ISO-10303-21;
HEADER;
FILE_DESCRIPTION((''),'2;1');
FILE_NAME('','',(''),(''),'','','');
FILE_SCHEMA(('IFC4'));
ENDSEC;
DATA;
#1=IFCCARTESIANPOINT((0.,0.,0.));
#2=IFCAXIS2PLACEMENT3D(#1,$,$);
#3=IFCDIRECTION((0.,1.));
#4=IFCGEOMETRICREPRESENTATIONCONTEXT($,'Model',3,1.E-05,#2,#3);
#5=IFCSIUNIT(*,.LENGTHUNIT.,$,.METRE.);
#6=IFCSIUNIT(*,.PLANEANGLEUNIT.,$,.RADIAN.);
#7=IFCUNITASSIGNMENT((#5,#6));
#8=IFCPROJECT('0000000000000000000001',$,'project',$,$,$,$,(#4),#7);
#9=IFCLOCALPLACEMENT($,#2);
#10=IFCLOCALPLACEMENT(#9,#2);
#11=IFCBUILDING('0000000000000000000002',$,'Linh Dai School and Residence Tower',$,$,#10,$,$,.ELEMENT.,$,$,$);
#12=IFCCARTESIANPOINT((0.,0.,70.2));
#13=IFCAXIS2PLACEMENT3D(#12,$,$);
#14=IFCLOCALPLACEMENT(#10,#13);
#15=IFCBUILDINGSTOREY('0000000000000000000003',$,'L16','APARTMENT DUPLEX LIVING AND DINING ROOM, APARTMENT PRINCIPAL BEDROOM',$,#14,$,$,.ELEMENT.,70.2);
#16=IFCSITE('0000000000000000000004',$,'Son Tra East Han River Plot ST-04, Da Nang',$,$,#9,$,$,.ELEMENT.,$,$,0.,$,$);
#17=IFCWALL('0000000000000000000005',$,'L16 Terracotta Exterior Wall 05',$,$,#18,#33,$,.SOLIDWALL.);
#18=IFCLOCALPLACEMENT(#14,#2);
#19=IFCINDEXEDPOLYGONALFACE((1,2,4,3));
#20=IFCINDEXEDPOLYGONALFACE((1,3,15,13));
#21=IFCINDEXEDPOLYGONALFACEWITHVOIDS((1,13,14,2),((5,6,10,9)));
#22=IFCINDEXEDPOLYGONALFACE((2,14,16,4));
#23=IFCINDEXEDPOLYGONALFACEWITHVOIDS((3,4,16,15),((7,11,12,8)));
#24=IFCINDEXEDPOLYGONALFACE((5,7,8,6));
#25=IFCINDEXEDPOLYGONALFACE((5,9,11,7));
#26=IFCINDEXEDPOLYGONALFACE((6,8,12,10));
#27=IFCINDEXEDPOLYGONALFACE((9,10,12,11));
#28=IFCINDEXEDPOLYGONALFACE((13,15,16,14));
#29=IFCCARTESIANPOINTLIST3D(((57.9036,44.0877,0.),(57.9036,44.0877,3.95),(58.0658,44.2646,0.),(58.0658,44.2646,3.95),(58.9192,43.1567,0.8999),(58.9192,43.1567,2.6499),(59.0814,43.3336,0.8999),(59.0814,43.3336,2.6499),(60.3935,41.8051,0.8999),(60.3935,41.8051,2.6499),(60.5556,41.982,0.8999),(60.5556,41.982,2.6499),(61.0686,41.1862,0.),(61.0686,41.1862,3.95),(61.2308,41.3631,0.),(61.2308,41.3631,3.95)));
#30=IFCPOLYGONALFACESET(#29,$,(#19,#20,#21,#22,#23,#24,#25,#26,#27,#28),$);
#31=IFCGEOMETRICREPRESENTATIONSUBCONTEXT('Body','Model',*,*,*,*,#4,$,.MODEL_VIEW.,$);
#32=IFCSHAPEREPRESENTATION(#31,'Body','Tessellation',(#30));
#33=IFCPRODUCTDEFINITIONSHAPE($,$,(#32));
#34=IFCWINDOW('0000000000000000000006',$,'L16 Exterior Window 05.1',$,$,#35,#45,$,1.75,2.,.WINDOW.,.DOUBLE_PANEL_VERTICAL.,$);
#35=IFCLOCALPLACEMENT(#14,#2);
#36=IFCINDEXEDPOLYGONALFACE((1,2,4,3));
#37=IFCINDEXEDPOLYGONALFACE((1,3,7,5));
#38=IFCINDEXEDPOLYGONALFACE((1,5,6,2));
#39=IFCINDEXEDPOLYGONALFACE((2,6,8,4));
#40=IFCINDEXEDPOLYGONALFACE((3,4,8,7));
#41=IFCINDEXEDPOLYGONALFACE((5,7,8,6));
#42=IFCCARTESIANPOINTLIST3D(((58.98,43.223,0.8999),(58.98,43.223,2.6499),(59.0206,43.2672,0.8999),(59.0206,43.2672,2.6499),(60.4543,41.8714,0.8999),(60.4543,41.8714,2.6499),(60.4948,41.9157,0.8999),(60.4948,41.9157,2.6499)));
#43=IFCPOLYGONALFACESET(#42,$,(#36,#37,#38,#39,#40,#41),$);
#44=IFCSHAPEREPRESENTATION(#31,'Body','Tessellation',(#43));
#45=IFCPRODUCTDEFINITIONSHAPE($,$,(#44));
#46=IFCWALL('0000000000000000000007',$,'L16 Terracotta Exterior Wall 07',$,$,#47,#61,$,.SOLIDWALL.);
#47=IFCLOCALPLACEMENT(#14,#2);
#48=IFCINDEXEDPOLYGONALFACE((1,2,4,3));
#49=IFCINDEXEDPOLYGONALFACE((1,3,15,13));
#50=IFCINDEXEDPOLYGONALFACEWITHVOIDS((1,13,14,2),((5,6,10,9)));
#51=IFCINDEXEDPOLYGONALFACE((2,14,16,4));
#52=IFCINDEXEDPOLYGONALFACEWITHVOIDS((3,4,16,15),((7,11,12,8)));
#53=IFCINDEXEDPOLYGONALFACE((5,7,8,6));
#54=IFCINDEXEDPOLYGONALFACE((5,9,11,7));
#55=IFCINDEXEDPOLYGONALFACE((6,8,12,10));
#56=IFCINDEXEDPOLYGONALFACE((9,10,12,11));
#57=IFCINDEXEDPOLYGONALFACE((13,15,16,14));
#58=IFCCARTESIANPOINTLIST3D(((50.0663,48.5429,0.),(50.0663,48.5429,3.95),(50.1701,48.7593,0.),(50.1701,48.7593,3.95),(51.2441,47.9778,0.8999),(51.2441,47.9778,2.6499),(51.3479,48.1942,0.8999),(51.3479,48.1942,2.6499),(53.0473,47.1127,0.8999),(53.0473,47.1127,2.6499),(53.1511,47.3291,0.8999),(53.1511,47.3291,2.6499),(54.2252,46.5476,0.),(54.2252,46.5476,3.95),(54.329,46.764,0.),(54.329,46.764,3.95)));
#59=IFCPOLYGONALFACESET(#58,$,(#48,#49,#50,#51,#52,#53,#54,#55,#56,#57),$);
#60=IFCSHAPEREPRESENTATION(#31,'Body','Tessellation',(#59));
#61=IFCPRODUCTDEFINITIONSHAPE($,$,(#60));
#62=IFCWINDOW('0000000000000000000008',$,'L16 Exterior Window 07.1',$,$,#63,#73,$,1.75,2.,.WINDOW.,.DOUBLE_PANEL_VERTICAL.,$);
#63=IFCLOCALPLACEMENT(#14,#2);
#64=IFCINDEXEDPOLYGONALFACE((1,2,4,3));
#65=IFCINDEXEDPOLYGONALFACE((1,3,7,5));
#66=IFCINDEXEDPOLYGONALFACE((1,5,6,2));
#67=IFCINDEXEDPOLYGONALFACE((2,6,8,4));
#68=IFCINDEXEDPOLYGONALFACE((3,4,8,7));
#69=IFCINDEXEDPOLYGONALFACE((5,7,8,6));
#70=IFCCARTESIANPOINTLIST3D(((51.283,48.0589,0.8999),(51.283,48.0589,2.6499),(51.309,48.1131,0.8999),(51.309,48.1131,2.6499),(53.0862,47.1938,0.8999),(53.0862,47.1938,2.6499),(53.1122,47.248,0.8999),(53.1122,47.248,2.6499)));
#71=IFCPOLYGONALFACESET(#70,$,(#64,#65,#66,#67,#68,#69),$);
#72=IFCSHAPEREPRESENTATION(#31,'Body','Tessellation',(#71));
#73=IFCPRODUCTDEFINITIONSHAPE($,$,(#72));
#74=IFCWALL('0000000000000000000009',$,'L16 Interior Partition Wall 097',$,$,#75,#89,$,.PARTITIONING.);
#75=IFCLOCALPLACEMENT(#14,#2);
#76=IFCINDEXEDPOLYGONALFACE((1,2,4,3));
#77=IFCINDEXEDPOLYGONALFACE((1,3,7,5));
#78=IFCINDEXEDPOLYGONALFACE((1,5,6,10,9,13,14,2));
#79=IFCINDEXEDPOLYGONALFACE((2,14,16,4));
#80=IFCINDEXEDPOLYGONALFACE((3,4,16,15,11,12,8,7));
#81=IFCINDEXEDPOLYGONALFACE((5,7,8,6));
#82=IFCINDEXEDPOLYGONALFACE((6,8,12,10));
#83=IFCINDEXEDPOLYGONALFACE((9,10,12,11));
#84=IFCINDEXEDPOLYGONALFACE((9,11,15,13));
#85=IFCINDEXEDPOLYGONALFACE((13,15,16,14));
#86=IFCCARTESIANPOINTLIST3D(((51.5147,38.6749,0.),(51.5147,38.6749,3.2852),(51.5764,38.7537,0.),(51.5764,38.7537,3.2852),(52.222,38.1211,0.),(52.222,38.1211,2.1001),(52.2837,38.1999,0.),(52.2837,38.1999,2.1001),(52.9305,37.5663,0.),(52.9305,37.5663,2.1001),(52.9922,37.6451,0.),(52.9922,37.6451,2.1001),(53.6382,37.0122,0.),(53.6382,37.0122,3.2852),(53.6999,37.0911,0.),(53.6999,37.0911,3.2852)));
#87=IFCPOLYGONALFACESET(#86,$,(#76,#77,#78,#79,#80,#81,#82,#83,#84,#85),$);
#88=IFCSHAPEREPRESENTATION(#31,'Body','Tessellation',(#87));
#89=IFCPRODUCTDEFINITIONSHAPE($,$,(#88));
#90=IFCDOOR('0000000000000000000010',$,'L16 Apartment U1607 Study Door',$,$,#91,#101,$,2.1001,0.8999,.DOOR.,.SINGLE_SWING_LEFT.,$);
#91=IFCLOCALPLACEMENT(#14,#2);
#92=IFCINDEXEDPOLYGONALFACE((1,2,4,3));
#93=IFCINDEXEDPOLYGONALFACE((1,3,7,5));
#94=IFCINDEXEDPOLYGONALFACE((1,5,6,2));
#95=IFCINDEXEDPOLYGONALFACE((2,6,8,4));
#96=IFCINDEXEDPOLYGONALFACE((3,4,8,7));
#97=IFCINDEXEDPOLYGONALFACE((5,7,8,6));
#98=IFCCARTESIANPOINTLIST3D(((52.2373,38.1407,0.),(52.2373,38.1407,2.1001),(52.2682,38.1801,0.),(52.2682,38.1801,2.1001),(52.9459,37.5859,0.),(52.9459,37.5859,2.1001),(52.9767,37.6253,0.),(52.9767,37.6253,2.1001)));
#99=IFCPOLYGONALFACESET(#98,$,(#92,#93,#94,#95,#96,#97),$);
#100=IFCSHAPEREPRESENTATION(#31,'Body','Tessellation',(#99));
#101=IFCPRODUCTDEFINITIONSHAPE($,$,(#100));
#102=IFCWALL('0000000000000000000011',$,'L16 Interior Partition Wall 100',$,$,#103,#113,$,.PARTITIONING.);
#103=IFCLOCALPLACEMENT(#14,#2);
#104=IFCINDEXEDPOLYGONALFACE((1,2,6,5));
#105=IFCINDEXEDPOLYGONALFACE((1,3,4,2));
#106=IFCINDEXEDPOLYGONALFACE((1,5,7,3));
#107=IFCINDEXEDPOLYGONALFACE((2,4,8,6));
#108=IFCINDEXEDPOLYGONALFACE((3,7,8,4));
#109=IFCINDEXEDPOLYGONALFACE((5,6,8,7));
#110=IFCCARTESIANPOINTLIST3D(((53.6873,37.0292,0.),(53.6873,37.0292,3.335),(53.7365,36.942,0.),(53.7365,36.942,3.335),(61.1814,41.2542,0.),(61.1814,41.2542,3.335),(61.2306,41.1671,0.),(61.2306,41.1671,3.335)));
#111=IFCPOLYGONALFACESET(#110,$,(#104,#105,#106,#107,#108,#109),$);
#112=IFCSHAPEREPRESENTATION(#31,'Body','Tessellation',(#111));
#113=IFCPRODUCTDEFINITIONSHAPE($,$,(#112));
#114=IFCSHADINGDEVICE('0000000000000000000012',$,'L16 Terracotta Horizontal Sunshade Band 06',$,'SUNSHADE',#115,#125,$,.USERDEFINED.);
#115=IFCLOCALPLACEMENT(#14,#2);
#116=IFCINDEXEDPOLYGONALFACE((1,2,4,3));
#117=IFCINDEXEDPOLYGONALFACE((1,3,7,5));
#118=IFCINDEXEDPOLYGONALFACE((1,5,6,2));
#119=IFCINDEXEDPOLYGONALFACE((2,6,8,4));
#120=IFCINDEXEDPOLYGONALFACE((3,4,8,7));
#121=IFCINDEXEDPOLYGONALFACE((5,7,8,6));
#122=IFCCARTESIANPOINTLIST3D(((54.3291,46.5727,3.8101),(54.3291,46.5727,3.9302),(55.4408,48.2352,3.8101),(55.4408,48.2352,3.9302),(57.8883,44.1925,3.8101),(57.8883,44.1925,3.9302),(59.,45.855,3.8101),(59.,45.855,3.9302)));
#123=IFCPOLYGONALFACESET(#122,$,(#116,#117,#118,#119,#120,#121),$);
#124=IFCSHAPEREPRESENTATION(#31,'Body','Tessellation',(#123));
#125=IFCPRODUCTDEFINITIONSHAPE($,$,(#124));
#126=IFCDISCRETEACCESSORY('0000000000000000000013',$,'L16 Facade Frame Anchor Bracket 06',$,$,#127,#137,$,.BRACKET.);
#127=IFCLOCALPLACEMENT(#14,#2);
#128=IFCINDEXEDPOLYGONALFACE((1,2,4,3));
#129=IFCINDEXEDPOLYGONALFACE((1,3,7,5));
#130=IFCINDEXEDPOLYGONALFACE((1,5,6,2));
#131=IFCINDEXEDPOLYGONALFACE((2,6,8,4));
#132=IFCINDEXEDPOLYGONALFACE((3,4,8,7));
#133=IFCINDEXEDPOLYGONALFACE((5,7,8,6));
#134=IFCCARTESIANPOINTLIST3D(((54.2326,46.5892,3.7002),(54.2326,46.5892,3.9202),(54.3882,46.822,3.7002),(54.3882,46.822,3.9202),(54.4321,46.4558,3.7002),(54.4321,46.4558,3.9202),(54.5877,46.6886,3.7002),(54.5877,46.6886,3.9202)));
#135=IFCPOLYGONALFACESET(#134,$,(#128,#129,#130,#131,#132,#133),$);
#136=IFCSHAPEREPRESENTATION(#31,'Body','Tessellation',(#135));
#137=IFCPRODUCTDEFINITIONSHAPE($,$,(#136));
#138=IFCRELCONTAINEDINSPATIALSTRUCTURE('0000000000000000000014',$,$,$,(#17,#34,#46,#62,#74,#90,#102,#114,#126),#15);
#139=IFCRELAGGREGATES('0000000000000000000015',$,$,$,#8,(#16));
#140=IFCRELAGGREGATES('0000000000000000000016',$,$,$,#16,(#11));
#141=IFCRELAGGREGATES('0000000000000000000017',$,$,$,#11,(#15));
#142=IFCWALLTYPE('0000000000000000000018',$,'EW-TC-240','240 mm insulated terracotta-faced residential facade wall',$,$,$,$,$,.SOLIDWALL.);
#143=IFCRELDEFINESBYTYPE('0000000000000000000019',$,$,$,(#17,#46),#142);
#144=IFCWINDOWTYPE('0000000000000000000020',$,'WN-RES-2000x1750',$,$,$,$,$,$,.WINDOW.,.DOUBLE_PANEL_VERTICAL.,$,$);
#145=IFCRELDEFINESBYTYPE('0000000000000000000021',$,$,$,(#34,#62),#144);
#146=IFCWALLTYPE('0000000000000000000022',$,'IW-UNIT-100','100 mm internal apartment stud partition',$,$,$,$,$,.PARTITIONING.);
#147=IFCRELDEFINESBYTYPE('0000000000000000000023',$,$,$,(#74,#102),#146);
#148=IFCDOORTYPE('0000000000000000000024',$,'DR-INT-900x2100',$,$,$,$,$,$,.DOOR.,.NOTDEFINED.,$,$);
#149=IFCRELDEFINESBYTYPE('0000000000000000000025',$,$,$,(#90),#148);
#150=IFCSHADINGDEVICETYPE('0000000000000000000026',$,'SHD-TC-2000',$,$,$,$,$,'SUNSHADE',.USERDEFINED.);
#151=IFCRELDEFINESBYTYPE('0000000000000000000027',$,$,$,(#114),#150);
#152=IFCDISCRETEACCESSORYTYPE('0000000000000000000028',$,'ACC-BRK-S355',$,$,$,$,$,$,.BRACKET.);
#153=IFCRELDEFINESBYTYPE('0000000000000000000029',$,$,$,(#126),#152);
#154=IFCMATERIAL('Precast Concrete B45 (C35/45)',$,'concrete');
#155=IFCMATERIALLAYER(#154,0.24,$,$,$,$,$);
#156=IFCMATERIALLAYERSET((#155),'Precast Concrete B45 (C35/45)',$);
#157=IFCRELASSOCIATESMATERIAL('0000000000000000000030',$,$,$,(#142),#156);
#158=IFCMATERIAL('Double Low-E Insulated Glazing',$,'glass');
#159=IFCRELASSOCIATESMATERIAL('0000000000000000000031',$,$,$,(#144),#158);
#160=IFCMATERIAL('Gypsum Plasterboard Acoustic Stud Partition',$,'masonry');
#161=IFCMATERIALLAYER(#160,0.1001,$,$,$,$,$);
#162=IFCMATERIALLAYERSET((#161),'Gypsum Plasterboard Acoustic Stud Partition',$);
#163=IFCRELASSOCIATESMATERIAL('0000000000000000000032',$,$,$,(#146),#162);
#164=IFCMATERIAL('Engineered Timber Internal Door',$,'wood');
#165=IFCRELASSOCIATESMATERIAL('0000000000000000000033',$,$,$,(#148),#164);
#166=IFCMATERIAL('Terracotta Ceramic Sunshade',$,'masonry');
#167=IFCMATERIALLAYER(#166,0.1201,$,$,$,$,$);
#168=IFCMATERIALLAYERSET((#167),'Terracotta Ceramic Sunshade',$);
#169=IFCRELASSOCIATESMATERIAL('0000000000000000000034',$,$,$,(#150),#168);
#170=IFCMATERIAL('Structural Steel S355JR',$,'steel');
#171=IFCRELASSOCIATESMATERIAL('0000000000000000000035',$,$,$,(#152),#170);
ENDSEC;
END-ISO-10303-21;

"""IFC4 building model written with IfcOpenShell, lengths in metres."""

from ifc_helpers import new_model, si_unit, direction, frame, frame_2d, origin, origin_2d, place, context, subcontext, project, spatial, rectangle, extrude, source, transform, mapped, material, layer, layer_set, type_object, element, fill, save


model = new_model("IFC4")

# Units and contexts
model_context = context("Model", 3, precision=1e-05, world=origin(), true_north=direction((0.0, 1.0)))
body_context = subcontext(model_context, "Body", "Model", "MODEL_VIEW")
ifc_project = project(units=[si_unit("LENGTHUNIT", "METRE"), si_unit("PLANEANGLEUNIT", "RADIAN")], contexts=[model_context])

# Site, building, storey
site_placement = place(None, origin())
site = spatial("IfcSite", under=ifc_project, at=site_placement, Name="Son Tra East Han River Plot ST-04, Da Nang", CompositionType="ELEMENT", RefElevation=0.0)
building_placement = place(site_placement, origin())
building = spatial("IfcBuilding", under=site, at=building_placement, Name="Linh Dai School and Residence Tower", CompositionType="ELEMENT")
storey_placement = place(building_placement, frame((0.0, 0.0, 70.2)))
storey = spatial("IfcBuildingStorey", under=building, at=storey_placement, Name="L16", Description="APARTMENT DUPLEX LIVING AND DINING ROOM, APARTMENT PRINCIPAL BEDROOM", CompositionType="ELEMENT", Elevation=70.2)

# Shared definitions
ifc_material_1 = material(Name="Structural Steel S355JR", Category="steel")

# Shared definitions
ifc_material_2 = material(Name="Precast Concrete B45 (C35/45)", Category="concrete")

# Shared definitions
ifc_material_3 = material(Name="Double Low-E Insulated Glazing", Category="glass")

# Shared definitions
ifc_layer_1 = layer(ifc_material_2, 0.24)
ifc_layer_set_1 = layer_set([ifc_layer_1], Name="Precast Concrete B45 (C35/45)")
wall_type_1 = type_object("IfcWallType", Name="EW-TC-240", Description="240 mm insulated terracotta-faced residential facade wall", PredefinedType="SOLIDWALL", material=ifc_layer_set_1)

# Walls, openings, windows
window_type = type_object("IfcWindowType", Name="WN-RES-2000x1750", PartitioningType="DOUBLE_PANEL_VERTICAL", PredefinedType="WINDOW", material=ifc_material_3)
shared_shape_1 = source(origin(), body_context, "Body", "SweptSolid", [
    extrude(rectangle(XDim=2.0, YDim=1.75, at=origin_2d()), frame((1.0, 0.03, 0.875), z_axis=(0.0, -1.0, 0.0), x_axis=(1.0, 0.0, 0.0)), (0.0, 0.0, 1.0), 0.0601),
])
wall_1_placement = place(storey_placement, frame((57.9846, 44.1763, 0.0), z_axis=(0.0, 0.0, 1.0), x_axis=(0.737116, -0.675766, 0.0)))
wall_1 = element("IfcWall", 1, at=wall_1_placement, inside=storey, type_object=wall_type_1, Name="L16 Terracotta Exterior Wall 05", PredefinedType="SOLIDWALL", context=body_context, shape_type="SweptSolid", body=[
    extrude(rectangle(XDim=4.2937, YDim=0.24, at=frame_2d((2.147, 0.0))), origin(), (0.0, 0.0, 1.0), 3.95),
])
opening_1_placement = place(wall_1_placement, frame((1.3779, 0.0, 0.8999)))
opening_1 = element("IfcOpeningElement", 2, at=opening_1_placement, cuts=wall_1, PredefinedType="OPENING", context=body_context, shape_type="SweptSolid", body=[
    extrude(rectangle(XDim=2.0, YDim=1.75, at=origin_2d()), frame((1.0, 0.1299, 0.875), z_axis=(0.0, -1.0, 0.0), x_axis=(1.0, 0.0, 0.0)), (0.0, 0.0, 1.0), 0.26),
])
window_1_placement = place(opening_1_placement, origin())
window_1 = element("IfcWindow", 3, at=window_1_placement, inside=storey, type_object=window_type, Name="L16 Exterior Window 05.1", OverallHeight=1.75, OverallWidth=2.0, PartitioningType="DOUBLE_PANEL_VERTICAL", PredefinedType="WINDOW", context=body_context, shape_type="MappedRepresentation", body=[
    mapped(shared_shape_1, transform((0.0, 0.0, 0.0), x_axis=(1.0, 0.0, 0.0), y_axis=(0.0, 1.0, 0.0), z_axis=(0.0, 0.0, 1.0), scale=1.0)),
])
fill(opening_1, window_1)
wall_2_placement = place(storey_placement, frame((50.1182, 48.6511, 0.0), z_axis=(0.0, 0.0, 1.0), x_axis=(0.901602, -0.432568, 0.0)))
wall_2 = element("IfcWall", 4, at=wall_2_placement, inside=storey, type_object=wall_type_1, Name="L16 Terracotta Exterior Wall 07", PredefinedType="SOLIDWALL", context=body_context, shape_type="SweptSolid", body=[
    extrude(rectangle(XDim=4.6128, YDim=0.24, at=frame_2d((2.3064, 0.0))), origin(), (0.0, 0.0, 1.0), 3.95),
])
opening_2_placement = place(wall_2_placement, frame((1.3064, 0.0, 0.8999)))
opening_2 = element("IfcOpeningElement", 5, at=opening_2_placement, cuts=wall_2, PredefinedType="OPENING", context=body_context, shape_type="SweptSolid", body=[
    extrude(rectangle(XDim=2.0, YDim=1.75, at=origin_2d()), frame((1.0, 0.1299, 0.875), z_axis=(0.0, -1.0, 0.0), x_axis=(1.0, 0.0, 0.0)), (0.0, 0.0, 1.0), 0.26),
])
window_2_placement = place(opening_2_placement, origin())
window_2 = element("IfcWindow", 6, at=window_2_placement, inside=storey, type_object=window_type, Name="L16 Exterior Window 07.1", OverallHeight=1.75, OverallWidth=2.0, PartitioningType="DOUBLE_PANEL_VERTICAL", PredefinedType="WINDOW", context=body_context, shape_type="MappedRepresentation", body=[
    mapped(shared_shape_1, transform((0.0, 0.0, 0.0), x_axis=(1.0, 0.0, 0.0), y_axis=(0.0, 1.0, 0.0), z_axis=(0.0, 0.0, 1.0), scale=1.0)),
])
fill(opening_2, window_2)

# Wall, opening, door
ifc_material_4 = material(Name="Gypsum Plasterboard Acoustic Stud Partition", Category="masonry")
ifc_layer_2 = layer(ifc_material_4, 0.1001)
ifc_layer_set_2 = layer_set([ifc_layer_2], Name="Gypsum Plasterboard Acoustic Stud Partition")
wall_type_2 = type_object("IfcWallType", Name="IW-UNIT-100", Description="100 mm internal apartment stud partition", PredefinedType="PARTITIONING", material=ifc_layer_set_2)
wall_3_placement = place(storey_placement, frame((51.5454, 38.7144, 0.0), z_axis=(0.0, 0.0, 1.0), x_axis=(0.787379, -0.616469, 0.0)))
wall_3 = element("IfcWall", 7, at=wall_3_placement, inside=storey, type_object=wall_type_2, Name="L16 Interior Partition Wall 097", PredefinedType="PARTITIONING", context=body_context, shape_type="SweptSolid", body=[
    extrude(rectangle(XDim=2.697, YDim=0.1001, at=frame_2d((1.3486, 0.0))), origin(), (0.0, 0.0, 1.0), 3.2852),
])
opening_3_placement = place(wall_3_placement, frame((0.8984, 0.0, 0.0)))
opening_3 = element("IfcOpeningElement", 8, at=opening_3_placement, cuts=wall_3, PredefinedType="OPENING", context=body_context, shape_type="SweptSolid", body=[
    extrude(rectangle(XDim=0.8999, YDim=2.1001, at=origin_2d()), frame((0.45, 0.0601, 1.05), z_axis=(0.0, -1.0, 0.0), x_axis=(1.0, 0.0, 0.0)), (0.0, 0.0, 1.0), 0.1201),
])
ifc_material_5 = material(Name="Engineered Timber Internal Door", Category="wood")
door_type = type_object("IfcDoorType", Name="DR-INT-900x2100", OperationType="NOTDEFINED", PredefinedType="DOOR", material=ifc_material_5)
shared_shape_2 = source(origin(), body_context, "Body", "SweptSolid", [
    extrude(rectangle(XDim=0.8999, YDim=2.1001, at=origin_2d()), frame((0.45, 0.0249, 1.05), z_axis=(0.0, -1.0, 0.0), x_axis=(1.0, 0.0, 0.0)), (0.0, 0.0, 1.0), 0.05),
])
door_placement = place(opening_3_placement, origin())
door = element("IfcDoor", 9, at=door_placement, inside=storey, type_object=door_type, Name="L16 Apartment U1607 Study Door", OperationType="SINGLE_SWING_LEFT", OverallHeight=2.1001, OverallWidth=0.8999, PredefinedType="DOOR", context=body_context, shape_type="MappedRepresentation", body=[
    mapped(shared_shape_2, transform((0.0, 0.0, 0.0), x_axis=(1.0, 0.0, 0.0), y_axis=(0.0, 1.0, 0.0), z_axis=(0.0, 0.0, 1.0), scale=1.0)),
])
fill(opening_3, door)

# Wall
wall_4_placement = place(storey_placement, frame((53.7119, 36.9856, 0.0), z_axis=(0.0, 0.0, 1.0), x_axis=(0.871096, 0.491113, 0.0)))
element("IfcWall", 10, at=wall_4_placement, inside=storey, type_object=wall_type_2, Name="L16 Interior Partition Wall 100", PredefinedType="PARTITIONING", context=body_context, shape_type="SweptSolid", body=[
    extrude(rectangle(XDim=8.603, YDim=0.1001, at=frame_2d((4.3015, 0.0))), origin(), (0.0, 0.0, 1.0), 3.335),
])

# Shading device
ifc_material_6 = material(Name="Terracotta Ceramic Sunshade", Category="masonry")
ifc_layer_3 = layer(ifc_material_6, 0.1201)
ifc_layer_set_3 = layer_set([ifc_layer_3], Name="Terracotta Ceramic Sunshade")
shading_device_type = type_object("IfcShadingDeviceType", Name="SHD-TC-2000", ElementType="SUNSHADE", PredefinedType="USERDEFINED", material=ifc_layer_set_3)
shared_shape_3 = source(origin(), body_context, "Body", "SweptSolid", [
    extrude(rectangle(XDim=4.2817, YDim=2.0, at=origin_2d()), origin(), (0.0, 0.0, 1.0), 0.1201),
])
shading_device_placement = place(storey_placement, frame((56.6646, 46.2139, 3.8101), z_axis=(0.0, 0.0, 1.0), x_axis=(0.831251, -0.555898, 0.0)))
element("IfcShadingDevice", 11, at=shading_device_placement, inside=storey, type_object=shading_device_type, Name="L16 Terracotta Horizontal Sunshade Band 06", ObjectType="SUNSHADE", PredefinedType="USERDEFINED", context=body_context, shape_type="MappedRepresentation", body=[
    mapped(shared_shape_3, transform((0.0, 0.0, 0.0), x_axis=(1.0, 0.0, 0.0), y_axis=(0.0, 1.0, 0.0), z_axis=(0.0, 0.0, 1.0), scale=1.0)),
])

# Discrete accessory
discrete_accessory_type = type_object("IfcDiscreteAccessoryType", Name="ACC-BRK-S355", PredefinedType="BRACKET", material=ifc_material_1)
shared_shape_4 = source(origin(), body_context, "Body", "SweptSolid", [
    extrude(rectangle(XDim=0.28, YDim=0.24, at=origin_2d()), origin(), (0.0, 0.0, 1.0), 0.22),
])
discrete_accessory_placement = place(storey_placement, frame((54.4102, 46.6389, 3.7002), z_axis=(0.0, 0.0, 1.0), x_axis=(0.555898, 0.831251, 0.0)))
element("IfcDiscreteAccessory", 12, at=discrete_accessory_placement, inside=storey, type_object=discrete_accessory_type, Name="L16 Facade Frame Anchor Bracket 06", PredefinedType="BRACKET", context=body_context, shape_type="MappedRepresentation", body=[
    mapped(shared_shape_4, transform((0.0, 0.0, 0.0), x_axis=(1.0, 0.0, 0.0), y_axis=(0.0, 1.0, 0.0), z_axis=(0.0, 0.0, 1.0), scale=1.0)),
])

save(model, "model.ifc")
